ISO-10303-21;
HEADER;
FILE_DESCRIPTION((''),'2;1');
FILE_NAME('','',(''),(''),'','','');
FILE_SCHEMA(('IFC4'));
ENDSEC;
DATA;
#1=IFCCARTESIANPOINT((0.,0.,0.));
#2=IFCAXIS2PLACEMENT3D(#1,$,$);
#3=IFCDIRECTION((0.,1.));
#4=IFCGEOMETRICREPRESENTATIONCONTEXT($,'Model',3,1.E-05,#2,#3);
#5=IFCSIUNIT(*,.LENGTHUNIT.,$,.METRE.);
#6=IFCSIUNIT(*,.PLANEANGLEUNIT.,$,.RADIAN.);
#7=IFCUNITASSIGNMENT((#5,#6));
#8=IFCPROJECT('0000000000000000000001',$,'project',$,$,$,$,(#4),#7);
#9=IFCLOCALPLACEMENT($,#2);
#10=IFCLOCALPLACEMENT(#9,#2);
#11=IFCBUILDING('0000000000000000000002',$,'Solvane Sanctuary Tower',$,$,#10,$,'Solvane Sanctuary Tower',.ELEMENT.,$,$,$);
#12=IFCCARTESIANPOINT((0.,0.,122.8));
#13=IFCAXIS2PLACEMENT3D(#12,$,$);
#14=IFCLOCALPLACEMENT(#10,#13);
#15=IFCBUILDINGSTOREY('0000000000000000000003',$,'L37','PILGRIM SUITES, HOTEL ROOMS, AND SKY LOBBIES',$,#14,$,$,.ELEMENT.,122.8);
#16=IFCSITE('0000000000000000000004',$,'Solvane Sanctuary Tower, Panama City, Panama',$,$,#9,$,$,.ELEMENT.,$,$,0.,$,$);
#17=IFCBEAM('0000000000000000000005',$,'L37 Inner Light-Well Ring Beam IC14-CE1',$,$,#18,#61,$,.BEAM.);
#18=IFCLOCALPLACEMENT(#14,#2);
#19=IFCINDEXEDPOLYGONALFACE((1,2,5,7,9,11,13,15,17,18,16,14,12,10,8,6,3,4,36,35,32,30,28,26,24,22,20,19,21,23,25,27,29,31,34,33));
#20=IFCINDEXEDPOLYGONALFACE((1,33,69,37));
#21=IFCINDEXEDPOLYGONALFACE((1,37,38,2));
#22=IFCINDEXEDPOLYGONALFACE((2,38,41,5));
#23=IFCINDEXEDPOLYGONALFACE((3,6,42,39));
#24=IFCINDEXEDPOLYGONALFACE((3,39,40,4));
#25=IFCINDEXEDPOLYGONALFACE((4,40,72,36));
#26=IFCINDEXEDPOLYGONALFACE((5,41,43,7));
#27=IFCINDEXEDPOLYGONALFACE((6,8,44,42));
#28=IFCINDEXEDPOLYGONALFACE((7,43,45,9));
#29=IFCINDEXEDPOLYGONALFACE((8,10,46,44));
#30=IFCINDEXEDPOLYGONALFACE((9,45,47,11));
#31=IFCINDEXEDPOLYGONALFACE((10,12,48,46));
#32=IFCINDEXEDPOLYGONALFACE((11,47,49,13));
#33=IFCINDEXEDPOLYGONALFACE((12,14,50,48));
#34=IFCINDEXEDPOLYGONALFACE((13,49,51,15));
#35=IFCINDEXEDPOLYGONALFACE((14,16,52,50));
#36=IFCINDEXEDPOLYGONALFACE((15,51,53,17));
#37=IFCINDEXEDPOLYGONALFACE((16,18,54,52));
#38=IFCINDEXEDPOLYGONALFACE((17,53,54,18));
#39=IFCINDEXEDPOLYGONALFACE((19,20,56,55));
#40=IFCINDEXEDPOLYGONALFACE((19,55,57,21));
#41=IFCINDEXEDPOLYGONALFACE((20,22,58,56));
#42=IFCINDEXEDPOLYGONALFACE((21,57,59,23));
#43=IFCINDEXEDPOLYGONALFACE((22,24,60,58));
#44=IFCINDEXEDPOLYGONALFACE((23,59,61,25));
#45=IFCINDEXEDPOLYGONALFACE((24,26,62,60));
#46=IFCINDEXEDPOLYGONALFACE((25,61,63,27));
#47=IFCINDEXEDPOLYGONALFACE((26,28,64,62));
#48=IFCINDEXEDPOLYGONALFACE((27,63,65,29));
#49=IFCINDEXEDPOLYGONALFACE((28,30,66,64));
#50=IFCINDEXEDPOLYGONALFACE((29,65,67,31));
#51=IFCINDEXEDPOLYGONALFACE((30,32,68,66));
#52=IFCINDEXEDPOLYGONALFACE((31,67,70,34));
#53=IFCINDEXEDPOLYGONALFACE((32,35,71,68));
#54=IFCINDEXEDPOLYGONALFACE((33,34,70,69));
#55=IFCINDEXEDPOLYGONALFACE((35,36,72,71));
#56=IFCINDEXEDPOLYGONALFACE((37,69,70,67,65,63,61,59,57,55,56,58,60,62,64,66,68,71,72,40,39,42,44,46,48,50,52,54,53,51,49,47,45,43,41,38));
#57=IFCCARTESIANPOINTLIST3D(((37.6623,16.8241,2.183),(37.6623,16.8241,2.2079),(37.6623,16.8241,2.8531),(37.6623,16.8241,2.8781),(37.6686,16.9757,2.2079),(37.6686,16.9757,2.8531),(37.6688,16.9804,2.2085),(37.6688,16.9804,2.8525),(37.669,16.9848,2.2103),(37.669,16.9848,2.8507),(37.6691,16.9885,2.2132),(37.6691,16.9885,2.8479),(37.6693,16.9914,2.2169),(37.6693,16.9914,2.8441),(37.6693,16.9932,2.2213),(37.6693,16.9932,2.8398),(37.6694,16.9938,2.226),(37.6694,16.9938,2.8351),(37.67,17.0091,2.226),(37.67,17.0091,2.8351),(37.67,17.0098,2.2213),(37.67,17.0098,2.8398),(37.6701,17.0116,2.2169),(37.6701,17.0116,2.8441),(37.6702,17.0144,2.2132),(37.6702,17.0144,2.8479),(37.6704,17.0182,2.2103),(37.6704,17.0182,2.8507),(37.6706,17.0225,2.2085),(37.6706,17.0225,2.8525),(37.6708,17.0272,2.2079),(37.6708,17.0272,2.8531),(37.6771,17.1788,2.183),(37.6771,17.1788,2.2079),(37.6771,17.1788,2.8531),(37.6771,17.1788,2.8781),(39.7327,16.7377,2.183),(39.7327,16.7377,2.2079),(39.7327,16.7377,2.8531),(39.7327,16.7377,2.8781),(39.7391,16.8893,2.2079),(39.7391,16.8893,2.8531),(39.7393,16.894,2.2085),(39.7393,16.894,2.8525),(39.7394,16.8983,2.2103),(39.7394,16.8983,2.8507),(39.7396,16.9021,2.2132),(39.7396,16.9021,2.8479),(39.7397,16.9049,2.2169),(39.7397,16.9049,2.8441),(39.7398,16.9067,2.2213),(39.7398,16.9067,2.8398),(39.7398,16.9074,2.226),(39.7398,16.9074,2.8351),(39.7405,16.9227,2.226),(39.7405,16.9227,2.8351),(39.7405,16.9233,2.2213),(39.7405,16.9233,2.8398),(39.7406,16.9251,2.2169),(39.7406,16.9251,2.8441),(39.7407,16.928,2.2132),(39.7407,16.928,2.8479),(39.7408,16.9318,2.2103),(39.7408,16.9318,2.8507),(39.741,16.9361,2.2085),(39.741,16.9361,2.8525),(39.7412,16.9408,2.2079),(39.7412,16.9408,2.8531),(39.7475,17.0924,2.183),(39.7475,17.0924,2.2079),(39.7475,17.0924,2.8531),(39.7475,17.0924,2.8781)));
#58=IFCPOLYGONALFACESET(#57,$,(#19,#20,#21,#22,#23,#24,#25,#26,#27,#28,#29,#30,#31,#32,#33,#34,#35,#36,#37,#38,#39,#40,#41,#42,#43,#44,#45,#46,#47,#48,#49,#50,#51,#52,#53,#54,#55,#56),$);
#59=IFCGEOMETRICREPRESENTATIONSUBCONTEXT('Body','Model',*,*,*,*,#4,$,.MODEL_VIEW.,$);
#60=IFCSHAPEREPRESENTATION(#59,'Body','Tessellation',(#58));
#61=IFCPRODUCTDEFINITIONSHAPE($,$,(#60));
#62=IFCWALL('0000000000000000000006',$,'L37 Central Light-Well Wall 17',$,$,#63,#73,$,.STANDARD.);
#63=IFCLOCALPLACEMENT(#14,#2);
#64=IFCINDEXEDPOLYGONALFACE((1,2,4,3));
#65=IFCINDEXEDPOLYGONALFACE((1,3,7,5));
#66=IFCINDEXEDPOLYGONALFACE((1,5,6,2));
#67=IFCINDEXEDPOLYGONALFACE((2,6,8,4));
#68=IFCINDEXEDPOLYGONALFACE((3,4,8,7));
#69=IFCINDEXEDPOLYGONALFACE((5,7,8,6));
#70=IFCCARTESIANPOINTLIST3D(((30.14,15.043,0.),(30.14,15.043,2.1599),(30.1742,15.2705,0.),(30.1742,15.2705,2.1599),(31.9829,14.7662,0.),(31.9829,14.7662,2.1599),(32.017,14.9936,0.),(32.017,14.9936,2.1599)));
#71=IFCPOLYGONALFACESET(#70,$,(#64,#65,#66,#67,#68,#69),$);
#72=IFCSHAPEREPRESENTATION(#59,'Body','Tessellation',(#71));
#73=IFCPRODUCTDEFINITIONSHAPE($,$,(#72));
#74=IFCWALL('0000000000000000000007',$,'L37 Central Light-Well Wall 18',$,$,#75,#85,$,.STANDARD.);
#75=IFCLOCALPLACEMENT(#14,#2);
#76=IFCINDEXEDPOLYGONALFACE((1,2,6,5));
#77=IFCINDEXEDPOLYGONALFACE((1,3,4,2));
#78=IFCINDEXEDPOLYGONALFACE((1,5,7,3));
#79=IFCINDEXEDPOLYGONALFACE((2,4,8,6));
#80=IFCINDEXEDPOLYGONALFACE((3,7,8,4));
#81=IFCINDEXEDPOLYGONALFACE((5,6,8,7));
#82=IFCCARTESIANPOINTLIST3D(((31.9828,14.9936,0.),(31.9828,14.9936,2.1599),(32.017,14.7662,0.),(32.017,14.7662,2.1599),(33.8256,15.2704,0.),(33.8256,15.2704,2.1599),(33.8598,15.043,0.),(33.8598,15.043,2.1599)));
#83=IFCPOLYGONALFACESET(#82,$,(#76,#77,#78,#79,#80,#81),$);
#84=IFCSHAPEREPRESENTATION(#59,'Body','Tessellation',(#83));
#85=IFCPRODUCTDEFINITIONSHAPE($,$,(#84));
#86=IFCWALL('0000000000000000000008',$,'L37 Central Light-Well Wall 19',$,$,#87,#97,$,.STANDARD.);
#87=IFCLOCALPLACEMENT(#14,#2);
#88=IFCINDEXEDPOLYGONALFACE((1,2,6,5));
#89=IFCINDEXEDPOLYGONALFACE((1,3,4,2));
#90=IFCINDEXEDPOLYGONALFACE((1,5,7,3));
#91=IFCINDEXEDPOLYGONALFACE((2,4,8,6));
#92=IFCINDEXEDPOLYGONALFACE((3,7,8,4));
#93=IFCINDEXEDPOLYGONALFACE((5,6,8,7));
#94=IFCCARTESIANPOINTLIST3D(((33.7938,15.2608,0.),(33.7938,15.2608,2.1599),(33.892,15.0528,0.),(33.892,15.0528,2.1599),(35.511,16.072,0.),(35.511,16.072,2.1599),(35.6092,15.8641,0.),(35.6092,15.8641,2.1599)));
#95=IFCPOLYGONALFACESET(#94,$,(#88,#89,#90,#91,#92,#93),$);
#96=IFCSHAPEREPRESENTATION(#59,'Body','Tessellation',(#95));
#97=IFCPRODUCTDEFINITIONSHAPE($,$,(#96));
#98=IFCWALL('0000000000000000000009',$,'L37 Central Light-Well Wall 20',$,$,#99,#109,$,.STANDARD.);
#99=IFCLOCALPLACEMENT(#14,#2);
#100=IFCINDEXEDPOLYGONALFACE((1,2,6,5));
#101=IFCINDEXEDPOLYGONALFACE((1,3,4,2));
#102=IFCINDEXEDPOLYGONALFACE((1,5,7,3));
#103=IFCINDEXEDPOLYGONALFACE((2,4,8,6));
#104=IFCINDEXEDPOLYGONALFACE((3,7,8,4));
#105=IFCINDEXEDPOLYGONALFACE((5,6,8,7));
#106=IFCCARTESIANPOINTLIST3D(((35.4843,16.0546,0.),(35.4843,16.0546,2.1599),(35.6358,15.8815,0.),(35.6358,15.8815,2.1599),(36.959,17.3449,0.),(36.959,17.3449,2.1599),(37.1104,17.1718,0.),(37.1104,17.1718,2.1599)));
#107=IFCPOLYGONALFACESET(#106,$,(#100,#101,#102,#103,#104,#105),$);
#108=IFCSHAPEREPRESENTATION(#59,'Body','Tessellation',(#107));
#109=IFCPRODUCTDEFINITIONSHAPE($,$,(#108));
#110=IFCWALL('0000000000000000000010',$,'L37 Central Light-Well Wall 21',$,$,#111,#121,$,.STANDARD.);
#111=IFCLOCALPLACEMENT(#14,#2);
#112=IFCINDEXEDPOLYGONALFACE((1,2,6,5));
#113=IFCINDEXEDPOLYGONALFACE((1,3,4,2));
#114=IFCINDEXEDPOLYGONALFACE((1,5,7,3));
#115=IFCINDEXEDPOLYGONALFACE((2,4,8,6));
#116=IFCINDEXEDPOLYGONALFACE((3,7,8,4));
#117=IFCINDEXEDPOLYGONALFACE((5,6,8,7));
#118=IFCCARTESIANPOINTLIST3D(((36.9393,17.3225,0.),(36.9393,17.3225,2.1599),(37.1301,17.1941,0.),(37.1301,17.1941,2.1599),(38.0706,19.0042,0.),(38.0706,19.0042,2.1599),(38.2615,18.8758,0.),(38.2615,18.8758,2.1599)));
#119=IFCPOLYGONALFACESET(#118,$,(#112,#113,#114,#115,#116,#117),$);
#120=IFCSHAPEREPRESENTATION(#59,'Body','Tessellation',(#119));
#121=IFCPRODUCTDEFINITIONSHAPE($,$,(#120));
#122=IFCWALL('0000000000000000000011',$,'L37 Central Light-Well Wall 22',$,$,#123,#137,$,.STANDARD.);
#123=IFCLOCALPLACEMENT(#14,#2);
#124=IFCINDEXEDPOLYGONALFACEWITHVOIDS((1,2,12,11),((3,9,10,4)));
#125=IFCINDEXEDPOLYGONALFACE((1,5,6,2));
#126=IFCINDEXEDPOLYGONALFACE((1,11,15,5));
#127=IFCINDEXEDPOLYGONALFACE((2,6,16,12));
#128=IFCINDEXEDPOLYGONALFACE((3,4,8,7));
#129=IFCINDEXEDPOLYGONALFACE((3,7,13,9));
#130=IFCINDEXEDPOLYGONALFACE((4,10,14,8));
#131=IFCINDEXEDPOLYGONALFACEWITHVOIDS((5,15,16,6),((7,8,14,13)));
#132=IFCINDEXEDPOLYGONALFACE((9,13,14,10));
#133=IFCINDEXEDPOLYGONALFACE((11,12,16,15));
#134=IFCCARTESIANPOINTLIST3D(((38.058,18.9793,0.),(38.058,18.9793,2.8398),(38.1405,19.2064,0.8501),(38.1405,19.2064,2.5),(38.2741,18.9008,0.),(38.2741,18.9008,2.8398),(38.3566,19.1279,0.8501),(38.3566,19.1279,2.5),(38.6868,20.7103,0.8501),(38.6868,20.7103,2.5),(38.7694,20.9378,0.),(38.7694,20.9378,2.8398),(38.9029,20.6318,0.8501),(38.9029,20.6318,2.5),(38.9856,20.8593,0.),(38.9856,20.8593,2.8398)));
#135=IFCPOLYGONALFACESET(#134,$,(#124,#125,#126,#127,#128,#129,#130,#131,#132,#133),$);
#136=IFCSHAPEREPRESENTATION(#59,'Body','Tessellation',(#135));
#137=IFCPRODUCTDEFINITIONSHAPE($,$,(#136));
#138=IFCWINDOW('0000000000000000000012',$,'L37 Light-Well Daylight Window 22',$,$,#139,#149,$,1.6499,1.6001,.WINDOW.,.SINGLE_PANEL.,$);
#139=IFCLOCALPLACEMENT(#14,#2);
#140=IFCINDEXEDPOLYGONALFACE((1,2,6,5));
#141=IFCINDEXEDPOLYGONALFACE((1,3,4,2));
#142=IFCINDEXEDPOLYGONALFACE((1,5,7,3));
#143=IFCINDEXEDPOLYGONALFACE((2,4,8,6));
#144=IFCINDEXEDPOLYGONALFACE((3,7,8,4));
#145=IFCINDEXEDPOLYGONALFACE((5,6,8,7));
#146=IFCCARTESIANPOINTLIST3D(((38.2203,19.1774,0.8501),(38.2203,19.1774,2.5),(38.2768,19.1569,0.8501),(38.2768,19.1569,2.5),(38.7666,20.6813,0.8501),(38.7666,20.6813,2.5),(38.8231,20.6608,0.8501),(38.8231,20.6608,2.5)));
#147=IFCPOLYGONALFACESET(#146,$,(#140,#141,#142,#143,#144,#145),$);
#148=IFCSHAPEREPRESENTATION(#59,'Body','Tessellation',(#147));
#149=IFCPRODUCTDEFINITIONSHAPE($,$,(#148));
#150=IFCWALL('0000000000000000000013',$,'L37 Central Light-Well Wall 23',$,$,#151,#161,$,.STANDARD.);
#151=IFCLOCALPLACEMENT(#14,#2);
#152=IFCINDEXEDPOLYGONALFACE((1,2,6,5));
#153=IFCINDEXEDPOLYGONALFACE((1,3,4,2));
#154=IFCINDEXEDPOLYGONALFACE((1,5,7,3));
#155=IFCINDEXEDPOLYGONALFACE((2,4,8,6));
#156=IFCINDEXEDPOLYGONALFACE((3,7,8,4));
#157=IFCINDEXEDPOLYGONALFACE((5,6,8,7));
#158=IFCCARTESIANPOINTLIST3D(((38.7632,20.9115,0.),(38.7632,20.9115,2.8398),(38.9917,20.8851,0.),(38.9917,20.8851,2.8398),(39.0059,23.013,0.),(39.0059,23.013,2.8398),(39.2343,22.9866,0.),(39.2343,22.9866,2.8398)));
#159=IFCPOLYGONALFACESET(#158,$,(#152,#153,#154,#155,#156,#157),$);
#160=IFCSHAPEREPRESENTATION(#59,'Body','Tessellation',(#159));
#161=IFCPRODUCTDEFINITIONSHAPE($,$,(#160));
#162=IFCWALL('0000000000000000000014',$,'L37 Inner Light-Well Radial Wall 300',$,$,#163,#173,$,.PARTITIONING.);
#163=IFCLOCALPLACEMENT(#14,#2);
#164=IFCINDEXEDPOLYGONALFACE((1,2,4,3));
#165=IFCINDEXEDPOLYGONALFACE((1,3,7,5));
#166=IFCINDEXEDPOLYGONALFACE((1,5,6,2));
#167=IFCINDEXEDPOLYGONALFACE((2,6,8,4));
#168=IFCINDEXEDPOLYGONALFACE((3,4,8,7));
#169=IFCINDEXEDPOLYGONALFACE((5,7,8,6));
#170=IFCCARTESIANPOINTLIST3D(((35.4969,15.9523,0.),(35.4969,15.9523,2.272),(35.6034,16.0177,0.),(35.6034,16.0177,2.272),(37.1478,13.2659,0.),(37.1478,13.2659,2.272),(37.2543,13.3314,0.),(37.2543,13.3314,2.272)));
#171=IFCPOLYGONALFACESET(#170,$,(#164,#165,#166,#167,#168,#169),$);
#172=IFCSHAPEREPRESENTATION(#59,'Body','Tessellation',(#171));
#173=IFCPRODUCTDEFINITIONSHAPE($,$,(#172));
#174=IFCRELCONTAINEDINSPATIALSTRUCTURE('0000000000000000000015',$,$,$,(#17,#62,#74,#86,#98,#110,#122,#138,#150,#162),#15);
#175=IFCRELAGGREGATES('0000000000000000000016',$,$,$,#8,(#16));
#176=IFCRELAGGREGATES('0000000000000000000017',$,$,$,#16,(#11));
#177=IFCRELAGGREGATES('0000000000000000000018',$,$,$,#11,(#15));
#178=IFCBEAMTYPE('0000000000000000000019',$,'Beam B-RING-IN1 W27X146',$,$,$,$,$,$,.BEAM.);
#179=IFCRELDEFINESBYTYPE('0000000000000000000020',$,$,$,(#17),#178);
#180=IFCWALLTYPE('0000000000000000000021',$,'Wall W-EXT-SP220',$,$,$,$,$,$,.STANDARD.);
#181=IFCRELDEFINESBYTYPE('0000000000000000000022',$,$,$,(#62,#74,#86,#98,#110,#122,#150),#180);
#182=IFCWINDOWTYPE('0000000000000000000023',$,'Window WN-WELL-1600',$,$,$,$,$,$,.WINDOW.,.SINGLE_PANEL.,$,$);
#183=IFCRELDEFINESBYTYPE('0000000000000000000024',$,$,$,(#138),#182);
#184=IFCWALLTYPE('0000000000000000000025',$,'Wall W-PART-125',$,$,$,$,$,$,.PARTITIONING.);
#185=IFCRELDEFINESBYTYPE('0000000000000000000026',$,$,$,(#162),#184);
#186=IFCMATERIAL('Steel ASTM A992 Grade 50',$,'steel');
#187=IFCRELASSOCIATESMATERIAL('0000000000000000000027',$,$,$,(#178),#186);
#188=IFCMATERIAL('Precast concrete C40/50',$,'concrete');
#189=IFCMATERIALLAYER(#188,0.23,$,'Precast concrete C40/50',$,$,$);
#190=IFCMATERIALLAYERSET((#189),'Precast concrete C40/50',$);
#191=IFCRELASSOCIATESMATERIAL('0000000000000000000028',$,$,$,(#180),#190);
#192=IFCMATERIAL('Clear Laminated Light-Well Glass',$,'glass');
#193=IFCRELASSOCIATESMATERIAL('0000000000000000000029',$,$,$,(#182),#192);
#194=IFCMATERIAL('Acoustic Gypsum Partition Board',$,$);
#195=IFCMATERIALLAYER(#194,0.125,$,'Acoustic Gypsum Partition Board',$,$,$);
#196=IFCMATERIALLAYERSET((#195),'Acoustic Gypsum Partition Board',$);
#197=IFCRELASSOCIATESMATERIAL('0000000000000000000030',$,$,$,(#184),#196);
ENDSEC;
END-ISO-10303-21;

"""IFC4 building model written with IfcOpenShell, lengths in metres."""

from ifc_helpers import new_model, si_unit, direction, frame, frame_2d, origin, origin_2d, place, context, subcontext, project, spatial, rectangle, i_section, extrude, material, layer, layer_set, material_profile, profile_set, type_object, element, fill, save


model = new_model("IFC4")

# Units and contexts
model_context = context("Model", 3, precision=1e-05, world=origin(), true_north=direction((0.0, 1.0)))
body_context = subcontext(model_context, "Body", "Model", "MODEL_VIEW")
ifc_project = project(units=[si_unit("LENGTHUNIT", "METRE"), si_unit("PLANEANGLEUNIT", "RADIAN")], contexts=[model_context])

# Site, building, storey
site_placement = place(None, origin())
site = spatial("IfcSite", under=ifc_project, at=site_placement, Name="Solvane Sanctuary Tower, Panama City, Panama", CompositionType="ELEMENT", RefElevation=0.0)
building_placement = place(site_placement, origin())
building = spatial("IfcBuilding", under=site, at=building_placement, Name="Solvane Sanctuary Tower", LongName="Solvane Sanctuary Tower", CompositionType="ELEMENT")
storey_placement = place(building_placement, frame((0.0, 0.0, 122.8)))
storey = spatial("IfcBuildingStorey", under=building, at=storey_placement, Name="L37", Description="PILGRIM SUITES, HOTEL ROOMS, AND SKY LOBBIES", CompositionType="ELEMENT", Elevation=122.8)

# Beam
ifc_material_1 = material(Name="Steel ASTM A992 Grade 50", Category="steel")
ifc_material_profile_1 = material_profile(ifc_material_1, i_section(OverallWidth=0.355, OverallDepth=0.6951, WebThickness=0.0154, FlangeThickness=0.0249, FilletRadius=0.0181, at=origin_2d()), Name="W27X146")
ifc_profile_set_1 = profile_set([ifc_material_profile_1], Name="Steel ASTM A992 Grade 50")
beam_type_1 = type_object("IfcBeamType", Name="Beam B-RING-IN1 W27X146", PredefinedType="BEAM", material=ifc_profile_set_1)
beam_1_placement = place(storey_placement, frame((37.6697, 17.0015, 2.5305), z_axis=(0.99913, -0.041704, 0.0), x_axis=(0.041704, 0.99913, 0.0)))
element("IfcBeam", 1, at=beam_1_placement, inside=storey, type_object=beam_type_1, Name="L37 Inner Light-Well Ring Beam IC14-CE1", PredefinedType="BEAM", context=body_context, shape_type="SweptSolid", body=[
    extrude(i_section(OverallWidth=0.355, OverallDepth=0.6951, WebThickness=0.0154, FlangeThickness=0.0249, FilletRadius=0.0181, at=origin_2d()), origin(), (0.0, 0.0, 1.0), 2.0723),
])

# Walls
ifc_material_2 = material(Name="Precast concrete C40/50", Category="concrete")
ifc_layer_1 = layer(ifc_material_2, 0.23, Name="Precast concrete C40/50")
ifc_layer_set_1 = layer_set([ifc_layer_1], Name="Precast concrete C40/50")
wall_type_1 = type_object("IfcWallType", Name="Wall W-EXT-SP220", PredefinedType="STANDARD", material=ifc_layer_set_1)
for number, where, z_axis, x_axis, name in (
    (2, (30.1572, 15.1567, 0.0), (0.0, 0.0, 1.0), (0.988902, -0.148571, 0.0), "L37 Central Light-Well Wall 17"),
    (3, (32.0, 14.8799, 0.0), (0.0, 0.0, 1.0), (0.988902, 0.148571, 0.0), "L37 Central Light-Well Wall 18"),
):
    element("IfcWall", number, at=place(storey_placement, frame(where, z_axis=z_axis, x_axis=x_axis)), inside=storey, type_object=wall_type_1, Name=name, PredefinedType="STANDARD", context=body_context, shape_type="SweptSolid", body=[
        extrude(rectangle(XDim=1.8635, YDim=0.23, at=frame_2d((0.9316, 0.0))), origin(), (0.0, 0.0, 1.0), 2.1599),
    ])
wall_1_placement = place(storey_placement, frame((33.8428, 15.1567, 0.0), z_axis=(0.0, 0.0, 1.0), x_axis=(0.90418, 0.427152, 0.0)))
element("IfcWall", 4, at=wall_1_placement, inside=storey, type_object=wall_type_1, Name="L37 Central Light-Well Wall 19", PredefinedType="STANDARD", context=body_context, shape_type="SweptSolid", body=[
    extrude(rectangle(XDim=1.8992, YDim=0.23, at=frame_2d((0.9497, 0.0))), origin(), (0.0, 0.0, 1.0), 2.1599),
])
wall_2_placement = place(storey_placement, frame((35.5601, 15.968, 0.0), z_axis=(0.0, 0.0, 1.0), x_axis=(0.752577, 0.658505, 0.0)))
element("IfcWall", 5, at=wall_2_placement, inside=storey, type_object=wall_type_1, Name="L37 Central Light-Well Wall 20", PredefinedType="STANDARD", context=body_context, shape_type="SweptSolid", body=[
    extrude(rectangle(XDim=1.9595, YDim=0.23, at=frame_2d((0.9797, 0.0))), origin(), (0.0, 0.0, 1.0), 2.1599),
])
wall_3_placement = place(storey_placement, frame((37.0347, 17.2583, 0.0), z_axis=(0.0, 0.0, 1.0), x_axis=(0.558198, 0.829708, 0.0)))
element("IfcWall", 6, at=wall_3_placement, inside=storey, type_object=wall_type_1, Name="L37 Central Light-Well Wall 21", PredefinedType="STANDARD", context=body_context, shape_type="SweptSolid", body=[
    extrude(rectangle(XDim=2.0269, YDim=0.23, at=frame_2d((1.0134, 0.0))), origin(), (0.0, 0.0, 1.0), 2.1599),
])

# Wall, opening, window
wall_4_placement = place(storey_placement, frame((38.166, 18.9399, 0.0), z_axis=(0.0, 0.0, 1.0), x_axis=(0.341423, 0.93991, 0.0)))
wall_4 = element("IfcWall", 7, at=wall_4_placement, inside=storey, type_object=wall_type_1, Name="L37 Central Light-Well Wall 22", PredefinedType="STANDARD", context=body_context, shape_type="SweptSolid", body=[
    extrude(rectangle(XDim=2.0837, YDim=0.23, at=frame_2d((1.042, 0.0))), origin(), (0.0, 0.0, 1.0), 2.8398),
])
opening_placement = place(wall_4_placement, frame((0.2417, 0.0, 0.8501)))
opening = element("IfcOpeningElement", 8, at=opening_placement, cuts=wall_4, PredefinedType="OPENING", context=body_context, shape_type="SweptSolid", body=[
    extrude(rectangle(XDim=1.6001, YDim=1.6499, at=frame_2d((0.8, 0.825))), frame((0.0, 0.125, 0.0), z_axis=(0.0, -1.0, 0.0), x_axis=(1.0, 0.0, 0.0)), (0.0, 0.0, 1.0), 0.25),
])
ifc_material_3 = material(Name="Clear Laminated Light-Well Glass", Category="glass")
window_type = type_object("IfcWindowType", Name="Window WN-WELL-1600", PartitioningType="SINGLE_PANEL", PredefinedType="WINDOW", material=ifc_material_3)
window_placement = place(opening_placement, origin())
window = element("IfcWindow", 9, at=window_placement, inside=storey, type_object=window_type, Name="L37 Light-Well Daylight Window 22", OverallHeight=1.6499, OverallWidth=1.6001, PartitioningType="SINGLE_PANEL", PredefinedType="WINDOW", context=body_context, shape_type="SweptSolid", body=[
    extrude(rectangle(XDim=1.6001, YDim=1.6499, at=frame_2d((0.8, 0.825))), frame((0.0, 0.03, 0.0), z_axis=(0.0, -1.0, 0.0), x_axis=(1.0, 0.0, 0.0)), (0.0, 0.0, 1.0), 0.0601),
])
fill(opening, window)

# Walls
wall_5_placement = place(storey_placement, frame((38.8774, 20.8984, 0.0), z_axis=(0.0, 0.0, 1.0), x_axis=(0.114712, 0.993399, 0.0)))
element("IfcWall", 10, at=wall_5_placement, inside=storey, type_object=wall_type_1, Name="L37 Central Light-Well Wall 23", PredefinedType="STANDARD", context=body_context, shape_type="SweptSolid", body=[
    extrude(rectangle(XDim=2.1155, YDim=0.23, at=frame_2d((1.0576, 0.0))), origin(), (0.0, 0.0, 1.0), 2.8398),
])
ifc_material_4 = material(Name="Acoustic Gypsum Partition Board")
ifc_layer_2 = layer(ifc_material_4, 0.125, Name="Acoustic Gypsum Partition Board")
ifc_layer_set_2 = layer_set([ifc_layer_2], Name="Acoustic Gypsum Partition Board")
wall_type_2 = type_object("IfcWallType", Name="Wall W-PART-125", PredefinedType="PARTITIONING", material=ifc_layer_set_2)
wall_6_placement = place(storey_placement, frame((35.55, 15.9851, 0.0), z_axis=(0.0, 0.0, 1.0), x_axis=(0.523588, -0.851972, 0.0)))
element("IfcWall", 11, at=wall_6_placement, inside=storey, type_object=wall_type_2, Name="L37 Inner Light-Well Radial Wall 300", PredefinedType="PARTITIONING", context=body_context, shape_type="SweptSolid", body=[
    extrude(rectangle(XDim=3.1531, YDim=0.125, at=frame_2d((1.5767, 0.0))), origin(), (0.0, 0.0, 1.0), 2.272),
])

save(model, "model.ifc")
